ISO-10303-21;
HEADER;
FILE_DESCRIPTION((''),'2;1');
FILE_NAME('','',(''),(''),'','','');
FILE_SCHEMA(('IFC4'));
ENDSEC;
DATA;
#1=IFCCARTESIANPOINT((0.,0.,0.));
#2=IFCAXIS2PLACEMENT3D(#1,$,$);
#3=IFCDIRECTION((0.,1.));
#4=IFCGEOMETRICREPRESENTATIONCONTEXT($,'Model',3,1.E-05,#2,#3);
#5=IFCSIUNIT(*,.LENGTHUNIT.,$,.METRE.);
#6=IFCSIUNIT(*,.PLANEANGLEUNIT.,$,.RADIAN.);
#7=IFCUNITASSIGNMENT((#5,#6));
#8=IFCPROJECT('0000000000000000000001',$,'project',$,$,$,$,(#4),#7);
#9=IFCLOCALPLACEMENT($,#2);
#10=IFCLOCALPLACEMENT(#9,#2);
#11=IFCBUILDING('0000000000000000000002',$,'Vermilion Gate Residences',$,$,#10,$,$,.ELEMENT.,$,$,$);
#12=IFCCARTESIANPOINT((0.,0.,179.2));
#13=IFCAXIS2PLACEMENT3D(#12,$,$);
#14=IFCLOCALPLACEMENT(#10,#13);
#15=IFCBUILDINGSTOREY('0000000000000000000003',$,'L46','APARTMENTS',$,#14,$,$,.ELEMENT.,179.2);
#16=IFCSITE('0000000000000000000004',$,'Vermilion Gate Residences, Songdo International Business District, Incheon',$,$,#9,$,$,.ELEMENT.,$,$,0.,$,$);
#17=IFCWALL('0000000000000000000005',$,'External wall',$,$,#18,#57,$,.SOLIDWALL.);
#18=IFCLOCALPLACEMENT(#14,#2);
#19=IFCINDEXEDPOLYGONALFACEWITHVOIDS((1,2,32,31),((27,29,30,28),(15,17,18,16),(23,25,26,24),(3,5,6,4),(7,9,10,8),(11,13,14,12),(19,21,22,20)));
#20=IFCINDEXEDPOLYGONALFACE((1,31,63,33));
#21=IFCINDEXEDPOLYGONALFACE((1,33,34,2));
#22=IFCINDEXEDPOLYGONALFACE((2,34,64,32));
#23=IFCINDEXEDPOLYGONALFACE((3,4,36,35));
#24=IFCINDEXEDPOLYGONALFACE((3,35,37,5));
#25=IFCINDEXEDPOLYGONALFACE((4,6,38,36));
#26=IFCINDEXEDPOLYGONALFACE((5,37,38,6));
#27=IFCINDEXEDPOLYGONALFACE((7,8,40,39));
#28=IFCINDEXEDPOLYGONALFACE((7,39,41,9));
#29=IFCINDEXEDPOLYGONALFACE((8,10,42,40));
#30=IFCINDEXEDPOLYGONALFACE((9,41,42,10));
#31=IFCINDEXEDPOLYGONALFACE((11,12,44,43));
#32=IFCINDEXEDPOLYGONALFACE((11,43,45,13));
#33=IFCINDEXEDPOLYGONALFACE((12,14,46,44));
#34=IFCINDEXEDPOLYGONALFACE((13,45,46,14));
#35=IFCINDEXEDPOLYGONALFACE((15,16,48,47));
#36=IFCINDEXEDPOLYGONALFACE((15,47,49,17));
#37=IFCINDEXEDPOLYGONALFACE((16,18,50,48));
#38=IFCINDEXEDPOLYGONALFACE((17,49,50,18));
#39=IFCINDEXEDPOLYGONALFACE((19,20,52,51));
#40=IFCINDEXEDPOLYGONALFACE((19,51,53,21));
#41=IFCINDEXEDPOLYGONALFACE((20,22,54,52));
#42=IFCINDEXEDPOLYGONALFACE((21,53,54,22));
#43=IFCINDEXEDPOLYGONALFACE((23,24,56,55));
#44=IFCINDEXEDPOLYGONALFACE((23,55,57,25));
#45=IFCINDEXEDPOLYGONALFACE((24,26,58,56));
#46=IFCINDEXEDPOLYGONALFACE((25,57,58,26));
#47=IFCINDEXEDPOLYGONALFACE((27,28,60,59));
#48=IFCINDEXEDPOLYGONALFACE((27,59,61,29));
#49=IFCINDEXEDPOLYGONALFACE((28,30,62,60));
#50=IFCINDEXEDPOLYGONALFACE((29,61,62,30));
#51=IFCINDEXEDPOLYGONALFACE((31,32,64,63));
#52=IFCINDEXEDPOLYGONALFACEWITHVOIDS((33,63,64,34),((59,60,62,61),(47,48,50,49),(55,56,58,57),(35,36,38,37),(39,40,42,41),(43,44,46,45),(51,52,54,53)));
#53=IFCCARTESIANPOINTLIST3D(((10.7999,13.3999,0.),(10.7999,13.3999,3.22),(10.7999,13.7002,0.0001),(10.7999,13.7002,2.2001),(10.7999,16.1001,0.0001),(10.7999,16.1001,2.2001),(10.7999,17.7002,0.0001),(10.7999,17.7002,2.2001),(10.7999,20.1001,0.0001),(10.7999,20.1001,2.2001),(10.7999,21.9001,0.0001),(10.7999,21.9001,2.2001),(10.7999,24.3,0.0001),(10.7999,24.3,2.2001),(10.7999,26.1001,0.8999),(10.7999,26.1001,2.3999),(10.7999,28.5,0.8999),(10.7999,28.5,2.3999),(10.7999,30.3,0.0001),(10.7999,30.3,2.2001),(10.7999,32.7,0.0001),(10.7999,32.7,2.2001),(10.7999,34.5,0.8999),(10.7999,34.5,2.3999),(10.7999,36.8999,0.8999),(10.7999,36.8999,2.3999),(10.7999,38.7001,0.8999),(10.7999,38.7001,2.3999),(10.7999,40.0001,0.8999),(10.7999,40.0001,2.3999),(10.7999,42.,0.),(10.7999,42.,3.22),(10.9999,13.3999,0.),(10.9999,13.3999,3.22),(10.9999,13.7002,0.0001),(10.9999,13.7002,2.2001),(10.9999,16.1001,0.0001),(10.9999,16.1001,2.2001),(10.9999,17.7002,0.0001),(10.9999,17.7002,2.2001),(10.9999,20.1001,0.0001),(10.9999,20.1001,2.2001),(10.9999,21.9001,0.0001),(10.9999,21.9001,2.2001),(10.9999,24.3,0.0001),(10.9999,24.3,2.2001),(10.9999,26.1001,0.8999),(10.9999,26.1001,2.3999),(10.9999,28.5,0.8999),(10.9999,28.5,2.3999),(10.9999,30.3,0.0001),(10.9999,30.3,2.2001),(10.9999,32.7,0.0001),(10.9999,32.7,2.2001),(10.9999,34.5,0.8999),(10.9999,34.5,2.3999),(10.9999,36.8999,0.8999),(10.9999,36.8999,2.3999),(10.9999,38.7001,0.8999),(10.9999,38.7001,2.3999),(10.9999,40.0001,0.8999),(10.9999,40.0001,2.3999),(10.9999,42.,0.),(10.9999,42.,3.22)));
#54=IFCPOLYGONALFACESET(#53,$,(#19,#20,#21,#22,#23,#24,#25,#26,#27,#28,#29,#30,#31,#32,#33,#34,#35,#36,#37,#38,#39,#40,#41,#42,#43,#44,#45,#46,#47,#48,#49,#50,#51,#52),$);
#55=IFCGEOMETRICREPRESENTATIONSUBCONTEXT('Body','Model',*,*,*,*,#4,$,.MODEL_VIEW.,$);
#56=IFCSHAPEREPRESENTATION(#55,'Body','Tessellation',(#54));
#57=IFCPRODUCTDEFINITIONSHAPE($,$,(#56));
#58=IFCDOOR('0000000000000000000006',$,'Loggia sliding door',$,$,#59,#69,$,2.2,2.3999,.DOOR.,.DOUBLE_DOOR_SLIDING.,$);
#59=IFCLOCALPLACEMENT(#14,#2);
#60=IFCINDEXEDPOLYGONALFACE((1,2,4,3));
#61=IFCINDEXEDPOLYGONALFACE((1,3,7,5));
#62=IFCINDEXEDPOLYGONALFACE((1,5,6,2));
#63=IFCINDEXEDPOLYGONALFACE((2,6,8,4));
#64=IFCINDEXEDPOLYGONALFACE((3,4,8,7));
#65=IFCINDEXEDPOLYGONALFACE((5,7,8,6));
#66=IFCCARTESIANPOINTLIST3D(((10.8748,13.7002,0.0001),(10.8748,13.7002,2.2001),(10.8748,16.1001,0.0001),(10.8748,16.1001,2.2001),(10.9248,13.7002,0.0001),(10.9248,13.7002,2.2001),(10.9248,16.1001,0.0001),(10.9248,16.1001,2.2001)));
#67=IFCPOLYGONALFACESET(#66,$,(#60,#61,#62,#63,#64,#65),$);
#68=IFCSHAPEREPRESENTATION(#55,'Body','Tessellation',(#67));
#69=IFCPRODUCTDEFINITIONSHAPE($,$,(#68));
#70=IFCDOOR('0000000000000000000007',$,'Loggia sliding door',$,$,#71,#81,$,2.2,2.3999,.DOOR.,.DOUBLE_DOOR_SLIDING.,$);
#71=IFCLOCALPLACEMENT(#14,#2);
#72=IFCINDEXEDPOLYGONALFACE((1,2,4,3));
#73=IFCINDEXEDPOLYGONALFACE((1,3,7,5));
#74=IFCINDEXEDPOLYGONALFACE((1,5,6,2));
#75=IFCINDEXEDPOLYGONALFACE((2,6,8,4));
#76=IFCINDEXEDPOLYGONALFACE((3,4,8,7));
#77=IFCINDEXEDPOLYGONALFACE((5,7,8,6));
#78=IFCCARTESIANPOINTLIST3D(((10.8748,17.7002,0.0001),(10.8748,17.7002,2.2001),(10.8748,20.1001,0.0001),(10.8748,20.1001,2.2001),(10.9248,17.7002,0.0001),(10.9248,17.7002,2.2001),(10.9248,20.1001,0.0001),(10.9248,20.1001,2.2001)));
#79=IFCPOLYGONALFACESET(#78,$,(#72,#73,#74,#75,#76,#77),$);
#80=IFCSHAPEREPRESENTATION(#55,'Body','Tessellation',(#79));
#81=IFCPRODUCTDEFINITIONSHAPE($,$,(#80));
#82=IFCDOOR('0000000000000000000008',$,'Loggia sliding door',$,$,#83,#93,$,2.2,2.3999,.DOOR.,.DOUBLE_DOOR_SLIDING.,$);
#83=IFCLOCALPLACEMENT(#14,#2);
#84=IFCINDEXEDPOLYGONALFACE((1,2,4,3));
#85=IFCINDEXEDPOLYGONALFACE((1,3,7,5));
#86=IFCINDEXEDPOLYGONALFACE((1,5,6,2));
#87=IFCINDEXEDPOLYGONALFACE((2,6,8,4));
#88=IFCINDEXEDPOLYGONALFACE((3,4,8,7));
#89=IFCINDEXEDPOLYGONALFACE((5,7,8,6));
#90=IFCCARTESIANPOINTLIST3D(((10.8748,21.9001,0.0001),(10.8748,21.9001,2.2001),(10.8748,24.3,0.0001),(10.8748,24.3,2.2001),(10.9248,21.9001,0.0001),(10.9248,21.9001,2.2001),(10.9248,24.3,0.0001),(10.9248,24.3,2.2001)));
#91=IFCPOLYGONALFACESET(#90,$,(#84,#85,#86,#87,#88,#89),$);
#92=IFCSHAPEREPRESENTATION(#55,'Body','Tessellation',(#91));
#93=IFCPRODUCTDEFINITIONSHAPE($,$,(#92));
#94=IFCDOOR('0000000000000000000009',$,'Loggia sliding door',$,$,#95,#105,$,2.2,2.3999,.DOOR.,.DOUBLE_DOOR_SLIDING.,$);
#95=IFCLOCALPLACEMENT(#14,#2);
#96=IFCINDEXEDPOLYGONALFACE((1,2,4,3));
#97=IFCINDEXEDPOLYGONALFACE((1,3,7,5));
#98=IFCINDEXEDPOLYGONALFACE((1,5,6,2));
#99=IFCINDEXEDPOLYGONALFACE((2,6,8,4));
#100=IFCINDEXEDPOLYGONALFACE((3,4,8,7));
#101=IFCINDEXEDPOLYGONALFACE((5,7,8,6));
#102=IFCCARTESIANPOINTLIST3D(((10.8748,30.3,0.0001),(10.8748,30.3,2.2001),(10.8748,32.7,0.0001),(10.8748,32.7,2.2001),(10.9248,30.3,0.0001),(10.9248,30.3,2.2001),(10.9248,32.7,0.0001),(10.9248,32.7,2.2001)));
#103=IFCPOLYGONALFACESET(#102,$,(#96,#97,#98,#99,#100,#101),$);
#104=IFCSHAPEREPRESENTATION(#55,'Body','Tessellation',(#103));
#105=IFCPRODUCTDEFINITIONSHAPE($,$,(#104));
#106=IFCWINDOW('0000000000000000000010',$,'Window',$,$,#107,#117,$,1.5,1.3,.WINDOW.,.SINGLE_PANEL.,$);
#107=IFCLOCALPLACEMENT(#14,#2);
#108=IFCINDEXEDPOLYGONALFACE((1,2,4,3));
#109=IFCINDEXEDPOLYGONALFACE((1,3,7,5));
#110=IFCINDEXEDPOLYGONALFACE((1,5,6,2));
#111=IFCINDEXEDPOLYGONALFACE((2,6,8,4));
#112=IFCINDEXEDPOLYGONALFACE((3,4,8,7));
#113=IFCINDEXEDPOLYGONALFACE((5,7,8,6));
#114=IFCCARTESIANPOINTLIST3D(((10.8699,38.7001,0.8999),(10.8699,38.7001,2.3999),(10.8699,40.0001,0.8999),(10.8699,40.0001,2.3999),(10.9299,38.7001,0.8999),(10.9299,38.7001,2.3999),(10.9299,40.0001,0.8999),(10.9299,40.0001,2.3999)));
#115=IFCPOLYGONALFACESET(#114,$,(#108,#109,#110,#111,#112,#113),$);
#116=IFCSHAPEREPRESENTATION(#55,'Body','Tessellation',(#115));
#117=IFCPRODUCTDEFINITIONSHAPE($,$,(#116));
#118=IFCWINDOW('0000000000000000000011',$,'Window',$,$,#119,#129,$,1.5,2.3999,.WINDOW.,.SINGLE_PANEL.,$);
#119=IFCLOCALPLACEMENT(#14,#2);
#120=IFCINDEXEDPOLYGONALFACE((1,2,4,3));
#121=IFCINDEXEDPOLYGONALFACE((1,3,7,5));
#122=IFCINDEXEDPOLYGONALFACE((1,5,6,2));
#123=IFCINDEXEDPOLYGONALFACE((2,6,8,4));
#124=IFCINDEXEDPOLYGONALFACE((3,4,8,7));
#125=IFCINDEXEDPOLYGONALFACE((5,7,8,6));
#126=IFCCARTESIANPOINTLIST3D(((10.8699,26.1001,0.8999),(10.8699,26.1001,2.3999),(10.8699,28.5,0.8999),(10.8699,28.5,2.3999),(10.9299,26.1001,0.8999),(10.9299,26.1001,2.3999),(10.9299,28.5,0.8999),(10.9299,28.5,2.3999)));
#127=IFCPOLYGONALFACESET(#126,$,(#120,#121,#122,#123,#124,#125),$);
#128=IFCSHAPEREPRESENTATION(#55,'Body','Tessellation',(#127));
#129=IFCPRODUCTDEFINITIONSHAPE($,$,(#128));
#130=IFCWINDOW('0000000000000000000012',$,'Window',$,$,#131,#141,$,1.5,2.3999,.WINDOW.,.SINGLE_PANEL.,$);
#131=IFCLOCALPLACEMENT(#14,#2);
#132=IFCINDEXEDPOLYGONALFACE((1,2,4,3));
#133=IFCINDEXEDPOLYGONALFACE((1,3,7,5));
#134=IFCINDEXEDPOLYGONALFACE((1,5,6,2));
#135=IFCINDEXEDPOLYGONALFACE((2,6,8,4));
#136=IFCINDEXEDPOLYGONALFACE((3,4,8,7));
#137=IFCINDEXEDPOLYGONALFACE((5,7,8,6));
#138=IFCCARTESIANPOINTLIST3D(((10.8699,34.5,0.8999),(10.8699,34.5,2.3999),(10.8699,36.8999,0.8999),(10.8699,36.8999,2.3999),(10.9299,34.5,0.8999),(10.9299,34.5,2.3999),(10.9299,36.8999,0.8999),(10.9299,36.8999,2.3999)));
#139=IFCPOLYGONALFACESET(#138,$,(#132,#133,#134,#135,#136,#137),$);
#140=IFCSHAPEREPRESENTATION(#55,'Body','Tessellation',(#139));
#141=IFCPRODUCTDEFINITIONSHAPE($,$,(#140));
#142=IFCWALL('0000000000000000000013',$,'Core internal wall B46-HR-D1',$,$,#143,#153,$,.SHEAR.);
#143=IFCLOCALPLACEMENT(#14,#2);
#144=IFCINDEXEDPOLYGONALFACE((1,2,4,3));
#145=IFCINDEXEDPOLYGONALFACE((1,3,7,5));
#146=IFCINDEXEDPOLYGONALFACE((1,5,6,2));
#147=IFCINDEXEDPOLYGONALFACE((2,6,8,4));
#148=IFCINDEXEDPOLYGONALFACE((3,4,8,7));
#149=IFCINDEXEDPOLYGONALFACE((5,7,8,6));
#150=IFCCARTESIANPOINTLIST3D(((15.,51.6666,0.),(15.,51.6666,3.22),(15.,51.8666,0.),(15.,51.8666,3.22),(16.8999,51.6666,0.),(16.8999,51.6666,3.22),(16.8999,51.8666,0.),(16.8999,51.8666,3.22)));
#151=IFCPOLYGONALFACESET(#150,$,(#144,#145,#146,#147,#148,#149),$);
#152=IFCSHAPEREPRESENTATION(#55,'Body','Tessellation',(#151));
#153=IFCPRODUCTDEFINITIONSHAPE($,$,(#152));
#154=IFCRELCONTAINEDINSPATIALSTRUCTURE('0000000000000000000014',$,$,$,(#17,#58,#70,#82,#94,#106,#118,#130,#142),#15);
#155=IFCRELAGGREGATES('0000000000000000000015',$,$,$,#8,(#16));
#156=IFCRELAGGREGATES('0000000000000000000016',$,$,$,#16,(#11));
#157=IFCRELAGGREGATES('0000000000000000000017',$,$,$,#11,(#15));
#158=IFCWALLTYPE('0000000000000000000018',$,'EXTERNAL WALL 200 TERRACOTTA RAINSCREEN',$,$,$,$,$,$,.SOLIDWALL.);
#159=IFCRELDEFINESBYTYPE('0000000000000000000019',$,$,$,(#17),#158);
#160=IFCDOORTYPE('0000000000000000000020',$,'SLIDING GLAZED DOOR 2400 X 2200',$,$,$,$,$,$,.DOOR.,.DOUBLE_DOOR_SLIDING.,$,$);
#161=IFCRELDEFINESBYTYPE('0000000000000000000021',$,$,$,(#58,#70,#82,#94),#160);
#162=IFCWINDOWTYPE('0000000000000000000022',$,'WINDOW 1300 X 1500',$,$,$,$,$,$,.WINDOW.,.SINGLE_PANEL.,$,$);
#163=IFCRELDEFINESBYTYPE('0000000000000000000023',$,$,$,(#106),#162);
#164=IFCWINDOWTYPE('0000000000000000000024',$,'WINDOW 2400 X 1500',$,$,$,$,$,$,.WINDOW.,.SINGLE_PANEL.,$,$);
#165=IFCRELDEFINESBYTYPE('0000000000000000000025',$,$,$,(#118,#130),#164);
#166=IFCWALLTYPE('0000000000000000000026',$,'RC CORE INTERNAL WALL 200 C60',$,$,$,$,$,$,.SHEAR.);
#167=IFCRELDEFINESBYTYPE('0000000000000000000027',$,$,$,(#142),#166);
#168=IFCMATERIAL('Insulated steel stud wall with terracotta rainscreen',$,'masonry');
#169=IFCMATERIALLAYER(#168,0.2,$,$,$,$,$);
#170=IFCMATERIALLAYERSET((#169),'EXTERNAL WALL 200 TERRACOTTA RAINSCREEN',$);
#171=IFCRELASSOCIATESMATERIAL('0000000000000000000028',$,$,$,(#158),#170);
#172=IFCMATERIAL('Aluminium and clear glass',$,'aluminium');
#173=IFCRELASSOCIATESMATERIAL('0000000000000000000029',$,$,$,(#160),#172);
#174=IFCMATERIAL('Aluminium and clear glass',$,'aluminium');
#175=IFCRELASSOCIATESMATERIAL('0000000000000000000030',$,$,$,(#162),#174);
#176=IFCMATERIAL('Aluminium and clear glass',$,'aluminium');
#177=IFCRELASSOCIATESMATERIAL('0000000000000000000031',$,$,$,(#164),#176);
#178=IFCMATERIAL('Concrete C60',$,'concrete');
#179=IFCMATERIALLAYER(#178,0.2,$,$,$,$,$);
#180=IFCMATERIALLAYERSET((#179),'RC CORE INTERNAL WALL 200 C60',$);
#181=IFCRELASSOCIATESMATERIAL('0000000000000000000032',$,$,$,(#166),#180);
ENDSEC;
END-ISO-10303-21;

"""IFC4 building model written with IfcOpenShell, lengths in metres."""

from ifc_helpers import new_model, si_unit, direction, frame, frame_2d, origin, place, context, subcontext, project, spatial, rectangle, extrude, material, layer, layer_set, type_object, element, fill, save


model = new_model("IFC4")

# Units and contexts
model_context = context("Model", 3, precision=1e-05, world=origin(), true_north=direction((0.0, 1.0)))
body_context = subcontext(model_context, "Body", "Model", "MODEL_VIEW")
ifc_project = project(units=[si_unit("LENGTHUNIT", "METRE"), si_unit("PLANEANGLEUNIT", "RADIAN")], contexts=[model_context])

# Site, building, storey
site_placement = place(None, origin())
site = spatial("IfcSite", under=ifc_project, at=site_placement, Name="Vermilion Gate Residences, Songdo International Business District, Incheon", CompositionType="ELEMENT", RefElevation=0.0)
building_placement = place(site_placement, origin())
building = spatial("IfcBuilding", under=site, at=building_placement, Name="Vermilion Gate Residences", CompositionType="ELEMENT")
storey_placement = place(building_placement, frame((0.0, 0.0, 179.2)))
storey = spatial("IfcBuildingStorey", under=building, at=storey_placement, Name="L46", Description="APARTMENTS", CompositionType="ELEMENT", Elevation=179.2)

# Wall, openings, doors, windows
ifc_material_1 = material(Name="Insulated steel stud wall with terracotta rainscreen", Category="masonry")
ifc_layer_1 = layer(ifc_material_1, 0.2)
ifc_layer_set_1 = layer_set([ifc_layer_1], Name="EXTERNAL WALL 200 TERRACOTTA RAINSCREEN")
wall_type_1 = type_object("IfcWallType", Name="EXTERNAL WALL 200 TERRACOTTA RAINSCREEN", PredefinedType="SOLIDWALL", material=ifc_layer_set_1)
wall_1_placement = place(storey_placement, frame((10.8999, 42.0, 0.0), z_axis=(0.0, 0.0, 1.0), x_axis=(0.0, -1.0, 0.0)))
wall_1 = element("IfcWall", 1, at=wall_1_placement, inside=storey, type_object=wall_type_1, Name="External wall", PredefinedType="SOLIDWALL", context=body_context, shape_type="SweptSolid", body=[
    extrude(rectangle(XDim=28.6001, YDim=0.2, at=frame_2d((14.3, 0.0))), origin(), (0.0, 0.0, 1.0), 3.22),
])
opening_1_placement = place(wall_1_placement, frame((25.8999, 0.0, 0.0)))
opening_1 = element("IfcOpeningElement", 2, at=opening_1_placement, cuts=wall_1, PredefinedType="OPENING", context=body_context, shape_type="SweptSolid", body=[
    extrude(rectangle(XDim=2.3999, YDim=2.2, at=frame_2d((1.2, 1.1001))), frame((0.0, 0.1099, 0.0), z_axis=(0.0, -1.0, 0.0), x_axis=(1.0, 0.0, 0.0)), (0.0, 0.0, 1.0), 0.22),
])
opening_2_placement = place(wall_1_placement, frame((21.8999, 0.0, 0.0)))
opening_2 = element("IfcOpeningElement", 3, at=opening_2_placement, cuts=wall_1, PredefinedType="OPENING", context=body_context, shape_type="SweptSolid", body=[
    extrude(rectangle(XDim=2.3999, YDim=2.2, at=frame_2d((1.2, 1.1001))), frame((0.0, 0.1099, 0.0), z_axis=(0.0, -1.0, 0.0), x_axis=(1.0, 0.0, 0.0)), (0.0, 0.0, 1.0), 0.22),
])
opening_3_placement = place(wall_1_placement, frame((17.7, 0.0, 0.0)))
opening_3 = element("IfcOpeningElement", 4, at=opening_3_placement, cuts=wall_1, PredefinedType="OPENING", context=body_context, shape_type="SweptSolid", body=[
    extrude(rectangle(XDim=2.3999, YDim=2.2, at=frame_2d((1.2, 1.1001))), frame((0.0, 0.1099, 0.0), z_axis=(0.0, -1.0, 0.0), x_axis=(1.0, 0.0, 0.0)), (0.0, 0.0, 1.0), 0.22),
])
opening_4_placement = place(wall_1_placement, frame((13.5, 0.0, 0.8999)))
opening_4 = element("IfcOpeningElement", 5, at=opening_4_placement, cuts=wall_1, PredefinedType="OPENING", context=body_context, shape_type="SweptSolid", body=[
    extrude(rectangle(XDim=2.3999, YDim=1.5, at=frame_2d((1.2, 0.75))), frame((0.0, 0.1099, 0.0), z_axis=(0.0, -1.0, 0.0), x_axis=(1.0, 0.0, 0.0)), (0.0, 0.0, 1.0), 0.22),
])
opening_5_placement = place(wall_1_placement, frame((9.3, 0.0, 0.0)))
opening_5 = element("IfcOpeningElement", 6, at=opening_5_placement, cuts=wall_1, PredefinedType="OPENING", context=body_context, shape_type="SweptSolid", body=[
    extrude(rectangle(XDim=2.3999, YDim=2.2, at=frame_2d((1.2, 1.1001))), frame((0.0, 0.1099, 0.0), z_axis=(0.0, -1.0, 0.0), x_axis=(1.0, 0.0, 0.0)), (0.0, 0.0, 1.0), 0.22),
])
opening_6_placement = place(wall_1_placement, frame((5.1001, 0.0, 0.8999)))
opening_6 = element("IfcOpeningElement", 7, at=opening_6_placement, cuts=wall_1, PredefinedType="OPENING", context=body_context, shape_type="SweptSolid", body=[
    extrude(rectangle(XDim=2.3999, YDim=1.5, at=frame_2d((1.2, 0.75))), frame((0.0, 0.1099, 0.0), z_axis=(0.0, -1.0, 0.0), x_axis=(1.0, 0.0, 0.0)), (0.0, 0.0, 1.0), 0.22),
])
opening_7_placement = place(wall_1_placement, frame((2.0, 0.0, 0.8999)))
opening_7 = element("IfcOpeningElement", 8, at=opening_7_placement, cuts=wall_1, PredefinedType="OPENING", context=body_context, shape_type="SweptSolid", body=[
    extrude(rectangle(XDim=1.3, YDim=1.5, at=frame_2d((0.6499, 0.75))), frame((0.0, 0.1099, 0.0), z_axis=(0.0, -1.0, 0.0), x_axis=(1.0, 0.0, 0.0)), (0.0, 0.0, 1.0), 0.22),
])
ifc_material_2 = material(Name="Aluminium and clear glass", Category="aluminium")
door_type_1 = type_object("IfcDoorType", Name="SLIDING GLAZED DOOR 2400 X 2200", OperationType="DOUBLE_DOOR_SLIDING", PredefinedType="DOOR", material=ifc_material_2)
door_1_placement = place(opening_1_placement, origin())
door_1 = element("IfcDoor", 9, at=door_1_placement, inside=storey, type_object=door_type_1, Name="Loggia sliding door", OperationType="DOUBLE_DOOR_SLIDING", OverallHeight=2.2, OverallWidth=2.3999, PredefinedType="DOOR", context=body_context, shape_type="SweptSolid", body=[
    extrude(rectangle(XDim=2.3999, YDim=2.2, at=frame_2d((1.2, 1.1001))), frame((0.0, 0.0249, 0.0), z_axis=(0.0, -1.0, 0.0), x_axis=(1.0, 0.0, 0.0)), (0.0, 0.0, 1.0), 0.05),
])
fill(opening_1, door_1)
door_2_placement = place(opening_2_placement, origin())
door_2 = element("IfcDoor", 10, at=door_2_placement, inside=storey, type_object=door_type_1, Name="Loggia sliding door", OperationType="DOUBLE_DOOR_SLIDING", OverallHeight=2.2, OverallWidth=2.3999, PredefinedType="DOOR", context=body_context, shape_type="SweptSolid", body=[
    extrude(rectangle(XDim=2.3999, YDim=2.2, at=frame_2d((1.2, 1.1001))), frame((0.0, 0.0249, 0.0), z_axis=(0.0, -1.0, 0.0), x_axis=(1.0, 0.0, 0.0)), (0.0, 0.0, 1.0), 0.05),
])
fill(opening_2, door_2)
door_3_placement = place(opening_3_placement, origin())
door_3 = element("IfcDoor", 11, at=door_3_placement, inside=storey, type_object=door_type_1, Name="Loggia sliding door", OperationType="DOUBLE_DOOR_SLIDING", OverallHeight=2.2, OverallWidth=2.3999, PredefinedType="DOOR", context=body_context, shape_type="SweptSolid", body=[
    extrude(rectangle(XDim=2.3999, YDim=2.2, at=frame_2d((1.2, 1.1001))), frame((0.0, 0.0249, 0.0), z_axis=(0.0, -1.0, 0.0), x_axis=(1.0, 0.0, 0.0)), (0.0, 0.0, 1.0), 0.05),
])
fill(opening_3, door_3)
door_4_placement = place(opening_5_placement, origin())
door_4 = element("IfcDoor", 12, at=door_4_placement, inside=storey, type_object=door_type_1, Name="Loggia sliding door", OperationType="DOUBLE_DOOR_SLIDING", OverallHeight=2.2, OverallWidth=2.3999, PredefinedType="DOOR", context=body_context, shape_type="SweptSolid", body=[
    extrude(rectangle(XDim=2.3999, YDim=2.2, at=frame_2d((1.2, 1.1001))), frame((0.0, 0.0249, 0.0), z_axis=(0.0, -1.0, 0.0), x_axis=(1.0, 0.0, 0.0)), (0.0, 0.0, 1.0), 0.05),
])
fill(opening_5, door_4)
ifc_material_3 = material(Name="Aluminium and clear glass", Category="aluminium")
window_type_1 = type_object("IfcWindowType", Name="WINDOW 1300 X 1500", PartitioningType="SINGLE_PANEL", PredefinedType="WINDOW", material=ifc_material_3)
window_1_placement = place(opening_7_placement, origin())
window_1 = element("IfcWindow", 13, at=window_1_placement, inside=storey, type_object=window_type_1, Name="Window", OverallHeight=1.5, OverallWidth=1.3, PartitioningType="SINGLE_PANEL", PredefinedType="WINDOW", context=body_context, shape_type="SweptSolid", body=[
    extrude(rectangle(XDim=1.3, YDim=1.5, at=frame_2d((0.6499, 0.75))), frame((0.0, 0.03, 0.0), z_axis=(0.0, -1.0, 0.0), x_axis=(1.0, 0.0, 0.0)), (0.0, 0.0, 1.0), 0.0601),
])
fill(opening_7, window_1)
ifc_material_4 = material(Name="Aluminium and clear glass", Category="aluminium")
window_type_2 = type_object("IfcWindowType", Name="WINDOW 2400 X 1500", PartitioningType="SINGLE_PANEL", PredefinedType="WINDOW", material=ifc_material_4)
window_2_placement = place(opening_4_placement, origin())
window_2 = element("IfcWindow", 14, at=window_2_placement, inside=storey, type_object=window_type_2, Name="Window", OverallHeight=1.5, OverallWidth=2.3999, PartitioningType="SINGLE_PANEL", PredefinedType="WINDOW", context=body_context, shape_type="SweptSolid", body=[
    extrude(rectangle(XDim=2.3999, YDim=1.5, at=frame_2d((1.2, 0.75))), frame((0.0, 0.03, 0.0), z_axis=(0.0, -1.0, 0.0), x_axis=(1.0, 0.0, 0.0)), (0.0, 0.0, 1.0), 0.0601),
])
fill(opening_4, window_2)
window_3_placement = place(opening_6_placement, origin())
window_3 = element("IfcWindow", 15, at=window_3_placement, inside=storey, type_object=window_type_2, Name="Window", OverallHeight=1.5, OverallWidth=2.3999, PartitioningType="SINGLE_PANEL", PredefinedType="WINDOW", context=body_context, shape_type="SweptSolid", body=[
    extrude(rectangle(XDim=2.3999, YDim=1.5, at=frame_2d((1.2, 0.75))), frame((0.0, 0.03, 0.0), z_axis=(0.0, -1.0, 0.0), x_axis=(1.0, 0.0, 0.0)), (0.0, 0.0, 1.0), 0.0601),
])
fill(opening_6, window_3)

# Wall
ifc_material_5 = material(Name="Concrete C60", Category="concrete")
ifc_layer_2 = layer(ifc_material_5, 0.2)
ifc_layer_set_2 = layer_set([ifc_layer_2], Name="RC CORE INTERNAL WALL 200 C60")
wall_type_2 = type_object("IfcWallType", Name="RC CORE INTERNAL WALL 200 C60", PredefinedType="SHEAR", material=ifc_layer_set_2)
for number, where, z_axis, x_axis, name in (
    (16, (15.0, 51.7666, 0.0), (0.0, 0.0, 1.0), (1.0, 0.0, 0.0), "Core internal wall B46-HR-D1"),
):
    element("IfcWall", number, at=place(storey_placement, frame(where, z_axis=z_axis, x_axis=x_axis)), inside=storey, type_object=wall_type_2, Name=name, PredefinedType="SHEAR", context=body_context, shape_type="SweptSolid", body=[
        extrude(rectangle(XDim=1.8999, YDim=0.2, at=frame_2d((0.95, 0.0))), origin(), (0.0, 0.0, 1.0), 3.22),
    ])

save(model, "model.ifc")
